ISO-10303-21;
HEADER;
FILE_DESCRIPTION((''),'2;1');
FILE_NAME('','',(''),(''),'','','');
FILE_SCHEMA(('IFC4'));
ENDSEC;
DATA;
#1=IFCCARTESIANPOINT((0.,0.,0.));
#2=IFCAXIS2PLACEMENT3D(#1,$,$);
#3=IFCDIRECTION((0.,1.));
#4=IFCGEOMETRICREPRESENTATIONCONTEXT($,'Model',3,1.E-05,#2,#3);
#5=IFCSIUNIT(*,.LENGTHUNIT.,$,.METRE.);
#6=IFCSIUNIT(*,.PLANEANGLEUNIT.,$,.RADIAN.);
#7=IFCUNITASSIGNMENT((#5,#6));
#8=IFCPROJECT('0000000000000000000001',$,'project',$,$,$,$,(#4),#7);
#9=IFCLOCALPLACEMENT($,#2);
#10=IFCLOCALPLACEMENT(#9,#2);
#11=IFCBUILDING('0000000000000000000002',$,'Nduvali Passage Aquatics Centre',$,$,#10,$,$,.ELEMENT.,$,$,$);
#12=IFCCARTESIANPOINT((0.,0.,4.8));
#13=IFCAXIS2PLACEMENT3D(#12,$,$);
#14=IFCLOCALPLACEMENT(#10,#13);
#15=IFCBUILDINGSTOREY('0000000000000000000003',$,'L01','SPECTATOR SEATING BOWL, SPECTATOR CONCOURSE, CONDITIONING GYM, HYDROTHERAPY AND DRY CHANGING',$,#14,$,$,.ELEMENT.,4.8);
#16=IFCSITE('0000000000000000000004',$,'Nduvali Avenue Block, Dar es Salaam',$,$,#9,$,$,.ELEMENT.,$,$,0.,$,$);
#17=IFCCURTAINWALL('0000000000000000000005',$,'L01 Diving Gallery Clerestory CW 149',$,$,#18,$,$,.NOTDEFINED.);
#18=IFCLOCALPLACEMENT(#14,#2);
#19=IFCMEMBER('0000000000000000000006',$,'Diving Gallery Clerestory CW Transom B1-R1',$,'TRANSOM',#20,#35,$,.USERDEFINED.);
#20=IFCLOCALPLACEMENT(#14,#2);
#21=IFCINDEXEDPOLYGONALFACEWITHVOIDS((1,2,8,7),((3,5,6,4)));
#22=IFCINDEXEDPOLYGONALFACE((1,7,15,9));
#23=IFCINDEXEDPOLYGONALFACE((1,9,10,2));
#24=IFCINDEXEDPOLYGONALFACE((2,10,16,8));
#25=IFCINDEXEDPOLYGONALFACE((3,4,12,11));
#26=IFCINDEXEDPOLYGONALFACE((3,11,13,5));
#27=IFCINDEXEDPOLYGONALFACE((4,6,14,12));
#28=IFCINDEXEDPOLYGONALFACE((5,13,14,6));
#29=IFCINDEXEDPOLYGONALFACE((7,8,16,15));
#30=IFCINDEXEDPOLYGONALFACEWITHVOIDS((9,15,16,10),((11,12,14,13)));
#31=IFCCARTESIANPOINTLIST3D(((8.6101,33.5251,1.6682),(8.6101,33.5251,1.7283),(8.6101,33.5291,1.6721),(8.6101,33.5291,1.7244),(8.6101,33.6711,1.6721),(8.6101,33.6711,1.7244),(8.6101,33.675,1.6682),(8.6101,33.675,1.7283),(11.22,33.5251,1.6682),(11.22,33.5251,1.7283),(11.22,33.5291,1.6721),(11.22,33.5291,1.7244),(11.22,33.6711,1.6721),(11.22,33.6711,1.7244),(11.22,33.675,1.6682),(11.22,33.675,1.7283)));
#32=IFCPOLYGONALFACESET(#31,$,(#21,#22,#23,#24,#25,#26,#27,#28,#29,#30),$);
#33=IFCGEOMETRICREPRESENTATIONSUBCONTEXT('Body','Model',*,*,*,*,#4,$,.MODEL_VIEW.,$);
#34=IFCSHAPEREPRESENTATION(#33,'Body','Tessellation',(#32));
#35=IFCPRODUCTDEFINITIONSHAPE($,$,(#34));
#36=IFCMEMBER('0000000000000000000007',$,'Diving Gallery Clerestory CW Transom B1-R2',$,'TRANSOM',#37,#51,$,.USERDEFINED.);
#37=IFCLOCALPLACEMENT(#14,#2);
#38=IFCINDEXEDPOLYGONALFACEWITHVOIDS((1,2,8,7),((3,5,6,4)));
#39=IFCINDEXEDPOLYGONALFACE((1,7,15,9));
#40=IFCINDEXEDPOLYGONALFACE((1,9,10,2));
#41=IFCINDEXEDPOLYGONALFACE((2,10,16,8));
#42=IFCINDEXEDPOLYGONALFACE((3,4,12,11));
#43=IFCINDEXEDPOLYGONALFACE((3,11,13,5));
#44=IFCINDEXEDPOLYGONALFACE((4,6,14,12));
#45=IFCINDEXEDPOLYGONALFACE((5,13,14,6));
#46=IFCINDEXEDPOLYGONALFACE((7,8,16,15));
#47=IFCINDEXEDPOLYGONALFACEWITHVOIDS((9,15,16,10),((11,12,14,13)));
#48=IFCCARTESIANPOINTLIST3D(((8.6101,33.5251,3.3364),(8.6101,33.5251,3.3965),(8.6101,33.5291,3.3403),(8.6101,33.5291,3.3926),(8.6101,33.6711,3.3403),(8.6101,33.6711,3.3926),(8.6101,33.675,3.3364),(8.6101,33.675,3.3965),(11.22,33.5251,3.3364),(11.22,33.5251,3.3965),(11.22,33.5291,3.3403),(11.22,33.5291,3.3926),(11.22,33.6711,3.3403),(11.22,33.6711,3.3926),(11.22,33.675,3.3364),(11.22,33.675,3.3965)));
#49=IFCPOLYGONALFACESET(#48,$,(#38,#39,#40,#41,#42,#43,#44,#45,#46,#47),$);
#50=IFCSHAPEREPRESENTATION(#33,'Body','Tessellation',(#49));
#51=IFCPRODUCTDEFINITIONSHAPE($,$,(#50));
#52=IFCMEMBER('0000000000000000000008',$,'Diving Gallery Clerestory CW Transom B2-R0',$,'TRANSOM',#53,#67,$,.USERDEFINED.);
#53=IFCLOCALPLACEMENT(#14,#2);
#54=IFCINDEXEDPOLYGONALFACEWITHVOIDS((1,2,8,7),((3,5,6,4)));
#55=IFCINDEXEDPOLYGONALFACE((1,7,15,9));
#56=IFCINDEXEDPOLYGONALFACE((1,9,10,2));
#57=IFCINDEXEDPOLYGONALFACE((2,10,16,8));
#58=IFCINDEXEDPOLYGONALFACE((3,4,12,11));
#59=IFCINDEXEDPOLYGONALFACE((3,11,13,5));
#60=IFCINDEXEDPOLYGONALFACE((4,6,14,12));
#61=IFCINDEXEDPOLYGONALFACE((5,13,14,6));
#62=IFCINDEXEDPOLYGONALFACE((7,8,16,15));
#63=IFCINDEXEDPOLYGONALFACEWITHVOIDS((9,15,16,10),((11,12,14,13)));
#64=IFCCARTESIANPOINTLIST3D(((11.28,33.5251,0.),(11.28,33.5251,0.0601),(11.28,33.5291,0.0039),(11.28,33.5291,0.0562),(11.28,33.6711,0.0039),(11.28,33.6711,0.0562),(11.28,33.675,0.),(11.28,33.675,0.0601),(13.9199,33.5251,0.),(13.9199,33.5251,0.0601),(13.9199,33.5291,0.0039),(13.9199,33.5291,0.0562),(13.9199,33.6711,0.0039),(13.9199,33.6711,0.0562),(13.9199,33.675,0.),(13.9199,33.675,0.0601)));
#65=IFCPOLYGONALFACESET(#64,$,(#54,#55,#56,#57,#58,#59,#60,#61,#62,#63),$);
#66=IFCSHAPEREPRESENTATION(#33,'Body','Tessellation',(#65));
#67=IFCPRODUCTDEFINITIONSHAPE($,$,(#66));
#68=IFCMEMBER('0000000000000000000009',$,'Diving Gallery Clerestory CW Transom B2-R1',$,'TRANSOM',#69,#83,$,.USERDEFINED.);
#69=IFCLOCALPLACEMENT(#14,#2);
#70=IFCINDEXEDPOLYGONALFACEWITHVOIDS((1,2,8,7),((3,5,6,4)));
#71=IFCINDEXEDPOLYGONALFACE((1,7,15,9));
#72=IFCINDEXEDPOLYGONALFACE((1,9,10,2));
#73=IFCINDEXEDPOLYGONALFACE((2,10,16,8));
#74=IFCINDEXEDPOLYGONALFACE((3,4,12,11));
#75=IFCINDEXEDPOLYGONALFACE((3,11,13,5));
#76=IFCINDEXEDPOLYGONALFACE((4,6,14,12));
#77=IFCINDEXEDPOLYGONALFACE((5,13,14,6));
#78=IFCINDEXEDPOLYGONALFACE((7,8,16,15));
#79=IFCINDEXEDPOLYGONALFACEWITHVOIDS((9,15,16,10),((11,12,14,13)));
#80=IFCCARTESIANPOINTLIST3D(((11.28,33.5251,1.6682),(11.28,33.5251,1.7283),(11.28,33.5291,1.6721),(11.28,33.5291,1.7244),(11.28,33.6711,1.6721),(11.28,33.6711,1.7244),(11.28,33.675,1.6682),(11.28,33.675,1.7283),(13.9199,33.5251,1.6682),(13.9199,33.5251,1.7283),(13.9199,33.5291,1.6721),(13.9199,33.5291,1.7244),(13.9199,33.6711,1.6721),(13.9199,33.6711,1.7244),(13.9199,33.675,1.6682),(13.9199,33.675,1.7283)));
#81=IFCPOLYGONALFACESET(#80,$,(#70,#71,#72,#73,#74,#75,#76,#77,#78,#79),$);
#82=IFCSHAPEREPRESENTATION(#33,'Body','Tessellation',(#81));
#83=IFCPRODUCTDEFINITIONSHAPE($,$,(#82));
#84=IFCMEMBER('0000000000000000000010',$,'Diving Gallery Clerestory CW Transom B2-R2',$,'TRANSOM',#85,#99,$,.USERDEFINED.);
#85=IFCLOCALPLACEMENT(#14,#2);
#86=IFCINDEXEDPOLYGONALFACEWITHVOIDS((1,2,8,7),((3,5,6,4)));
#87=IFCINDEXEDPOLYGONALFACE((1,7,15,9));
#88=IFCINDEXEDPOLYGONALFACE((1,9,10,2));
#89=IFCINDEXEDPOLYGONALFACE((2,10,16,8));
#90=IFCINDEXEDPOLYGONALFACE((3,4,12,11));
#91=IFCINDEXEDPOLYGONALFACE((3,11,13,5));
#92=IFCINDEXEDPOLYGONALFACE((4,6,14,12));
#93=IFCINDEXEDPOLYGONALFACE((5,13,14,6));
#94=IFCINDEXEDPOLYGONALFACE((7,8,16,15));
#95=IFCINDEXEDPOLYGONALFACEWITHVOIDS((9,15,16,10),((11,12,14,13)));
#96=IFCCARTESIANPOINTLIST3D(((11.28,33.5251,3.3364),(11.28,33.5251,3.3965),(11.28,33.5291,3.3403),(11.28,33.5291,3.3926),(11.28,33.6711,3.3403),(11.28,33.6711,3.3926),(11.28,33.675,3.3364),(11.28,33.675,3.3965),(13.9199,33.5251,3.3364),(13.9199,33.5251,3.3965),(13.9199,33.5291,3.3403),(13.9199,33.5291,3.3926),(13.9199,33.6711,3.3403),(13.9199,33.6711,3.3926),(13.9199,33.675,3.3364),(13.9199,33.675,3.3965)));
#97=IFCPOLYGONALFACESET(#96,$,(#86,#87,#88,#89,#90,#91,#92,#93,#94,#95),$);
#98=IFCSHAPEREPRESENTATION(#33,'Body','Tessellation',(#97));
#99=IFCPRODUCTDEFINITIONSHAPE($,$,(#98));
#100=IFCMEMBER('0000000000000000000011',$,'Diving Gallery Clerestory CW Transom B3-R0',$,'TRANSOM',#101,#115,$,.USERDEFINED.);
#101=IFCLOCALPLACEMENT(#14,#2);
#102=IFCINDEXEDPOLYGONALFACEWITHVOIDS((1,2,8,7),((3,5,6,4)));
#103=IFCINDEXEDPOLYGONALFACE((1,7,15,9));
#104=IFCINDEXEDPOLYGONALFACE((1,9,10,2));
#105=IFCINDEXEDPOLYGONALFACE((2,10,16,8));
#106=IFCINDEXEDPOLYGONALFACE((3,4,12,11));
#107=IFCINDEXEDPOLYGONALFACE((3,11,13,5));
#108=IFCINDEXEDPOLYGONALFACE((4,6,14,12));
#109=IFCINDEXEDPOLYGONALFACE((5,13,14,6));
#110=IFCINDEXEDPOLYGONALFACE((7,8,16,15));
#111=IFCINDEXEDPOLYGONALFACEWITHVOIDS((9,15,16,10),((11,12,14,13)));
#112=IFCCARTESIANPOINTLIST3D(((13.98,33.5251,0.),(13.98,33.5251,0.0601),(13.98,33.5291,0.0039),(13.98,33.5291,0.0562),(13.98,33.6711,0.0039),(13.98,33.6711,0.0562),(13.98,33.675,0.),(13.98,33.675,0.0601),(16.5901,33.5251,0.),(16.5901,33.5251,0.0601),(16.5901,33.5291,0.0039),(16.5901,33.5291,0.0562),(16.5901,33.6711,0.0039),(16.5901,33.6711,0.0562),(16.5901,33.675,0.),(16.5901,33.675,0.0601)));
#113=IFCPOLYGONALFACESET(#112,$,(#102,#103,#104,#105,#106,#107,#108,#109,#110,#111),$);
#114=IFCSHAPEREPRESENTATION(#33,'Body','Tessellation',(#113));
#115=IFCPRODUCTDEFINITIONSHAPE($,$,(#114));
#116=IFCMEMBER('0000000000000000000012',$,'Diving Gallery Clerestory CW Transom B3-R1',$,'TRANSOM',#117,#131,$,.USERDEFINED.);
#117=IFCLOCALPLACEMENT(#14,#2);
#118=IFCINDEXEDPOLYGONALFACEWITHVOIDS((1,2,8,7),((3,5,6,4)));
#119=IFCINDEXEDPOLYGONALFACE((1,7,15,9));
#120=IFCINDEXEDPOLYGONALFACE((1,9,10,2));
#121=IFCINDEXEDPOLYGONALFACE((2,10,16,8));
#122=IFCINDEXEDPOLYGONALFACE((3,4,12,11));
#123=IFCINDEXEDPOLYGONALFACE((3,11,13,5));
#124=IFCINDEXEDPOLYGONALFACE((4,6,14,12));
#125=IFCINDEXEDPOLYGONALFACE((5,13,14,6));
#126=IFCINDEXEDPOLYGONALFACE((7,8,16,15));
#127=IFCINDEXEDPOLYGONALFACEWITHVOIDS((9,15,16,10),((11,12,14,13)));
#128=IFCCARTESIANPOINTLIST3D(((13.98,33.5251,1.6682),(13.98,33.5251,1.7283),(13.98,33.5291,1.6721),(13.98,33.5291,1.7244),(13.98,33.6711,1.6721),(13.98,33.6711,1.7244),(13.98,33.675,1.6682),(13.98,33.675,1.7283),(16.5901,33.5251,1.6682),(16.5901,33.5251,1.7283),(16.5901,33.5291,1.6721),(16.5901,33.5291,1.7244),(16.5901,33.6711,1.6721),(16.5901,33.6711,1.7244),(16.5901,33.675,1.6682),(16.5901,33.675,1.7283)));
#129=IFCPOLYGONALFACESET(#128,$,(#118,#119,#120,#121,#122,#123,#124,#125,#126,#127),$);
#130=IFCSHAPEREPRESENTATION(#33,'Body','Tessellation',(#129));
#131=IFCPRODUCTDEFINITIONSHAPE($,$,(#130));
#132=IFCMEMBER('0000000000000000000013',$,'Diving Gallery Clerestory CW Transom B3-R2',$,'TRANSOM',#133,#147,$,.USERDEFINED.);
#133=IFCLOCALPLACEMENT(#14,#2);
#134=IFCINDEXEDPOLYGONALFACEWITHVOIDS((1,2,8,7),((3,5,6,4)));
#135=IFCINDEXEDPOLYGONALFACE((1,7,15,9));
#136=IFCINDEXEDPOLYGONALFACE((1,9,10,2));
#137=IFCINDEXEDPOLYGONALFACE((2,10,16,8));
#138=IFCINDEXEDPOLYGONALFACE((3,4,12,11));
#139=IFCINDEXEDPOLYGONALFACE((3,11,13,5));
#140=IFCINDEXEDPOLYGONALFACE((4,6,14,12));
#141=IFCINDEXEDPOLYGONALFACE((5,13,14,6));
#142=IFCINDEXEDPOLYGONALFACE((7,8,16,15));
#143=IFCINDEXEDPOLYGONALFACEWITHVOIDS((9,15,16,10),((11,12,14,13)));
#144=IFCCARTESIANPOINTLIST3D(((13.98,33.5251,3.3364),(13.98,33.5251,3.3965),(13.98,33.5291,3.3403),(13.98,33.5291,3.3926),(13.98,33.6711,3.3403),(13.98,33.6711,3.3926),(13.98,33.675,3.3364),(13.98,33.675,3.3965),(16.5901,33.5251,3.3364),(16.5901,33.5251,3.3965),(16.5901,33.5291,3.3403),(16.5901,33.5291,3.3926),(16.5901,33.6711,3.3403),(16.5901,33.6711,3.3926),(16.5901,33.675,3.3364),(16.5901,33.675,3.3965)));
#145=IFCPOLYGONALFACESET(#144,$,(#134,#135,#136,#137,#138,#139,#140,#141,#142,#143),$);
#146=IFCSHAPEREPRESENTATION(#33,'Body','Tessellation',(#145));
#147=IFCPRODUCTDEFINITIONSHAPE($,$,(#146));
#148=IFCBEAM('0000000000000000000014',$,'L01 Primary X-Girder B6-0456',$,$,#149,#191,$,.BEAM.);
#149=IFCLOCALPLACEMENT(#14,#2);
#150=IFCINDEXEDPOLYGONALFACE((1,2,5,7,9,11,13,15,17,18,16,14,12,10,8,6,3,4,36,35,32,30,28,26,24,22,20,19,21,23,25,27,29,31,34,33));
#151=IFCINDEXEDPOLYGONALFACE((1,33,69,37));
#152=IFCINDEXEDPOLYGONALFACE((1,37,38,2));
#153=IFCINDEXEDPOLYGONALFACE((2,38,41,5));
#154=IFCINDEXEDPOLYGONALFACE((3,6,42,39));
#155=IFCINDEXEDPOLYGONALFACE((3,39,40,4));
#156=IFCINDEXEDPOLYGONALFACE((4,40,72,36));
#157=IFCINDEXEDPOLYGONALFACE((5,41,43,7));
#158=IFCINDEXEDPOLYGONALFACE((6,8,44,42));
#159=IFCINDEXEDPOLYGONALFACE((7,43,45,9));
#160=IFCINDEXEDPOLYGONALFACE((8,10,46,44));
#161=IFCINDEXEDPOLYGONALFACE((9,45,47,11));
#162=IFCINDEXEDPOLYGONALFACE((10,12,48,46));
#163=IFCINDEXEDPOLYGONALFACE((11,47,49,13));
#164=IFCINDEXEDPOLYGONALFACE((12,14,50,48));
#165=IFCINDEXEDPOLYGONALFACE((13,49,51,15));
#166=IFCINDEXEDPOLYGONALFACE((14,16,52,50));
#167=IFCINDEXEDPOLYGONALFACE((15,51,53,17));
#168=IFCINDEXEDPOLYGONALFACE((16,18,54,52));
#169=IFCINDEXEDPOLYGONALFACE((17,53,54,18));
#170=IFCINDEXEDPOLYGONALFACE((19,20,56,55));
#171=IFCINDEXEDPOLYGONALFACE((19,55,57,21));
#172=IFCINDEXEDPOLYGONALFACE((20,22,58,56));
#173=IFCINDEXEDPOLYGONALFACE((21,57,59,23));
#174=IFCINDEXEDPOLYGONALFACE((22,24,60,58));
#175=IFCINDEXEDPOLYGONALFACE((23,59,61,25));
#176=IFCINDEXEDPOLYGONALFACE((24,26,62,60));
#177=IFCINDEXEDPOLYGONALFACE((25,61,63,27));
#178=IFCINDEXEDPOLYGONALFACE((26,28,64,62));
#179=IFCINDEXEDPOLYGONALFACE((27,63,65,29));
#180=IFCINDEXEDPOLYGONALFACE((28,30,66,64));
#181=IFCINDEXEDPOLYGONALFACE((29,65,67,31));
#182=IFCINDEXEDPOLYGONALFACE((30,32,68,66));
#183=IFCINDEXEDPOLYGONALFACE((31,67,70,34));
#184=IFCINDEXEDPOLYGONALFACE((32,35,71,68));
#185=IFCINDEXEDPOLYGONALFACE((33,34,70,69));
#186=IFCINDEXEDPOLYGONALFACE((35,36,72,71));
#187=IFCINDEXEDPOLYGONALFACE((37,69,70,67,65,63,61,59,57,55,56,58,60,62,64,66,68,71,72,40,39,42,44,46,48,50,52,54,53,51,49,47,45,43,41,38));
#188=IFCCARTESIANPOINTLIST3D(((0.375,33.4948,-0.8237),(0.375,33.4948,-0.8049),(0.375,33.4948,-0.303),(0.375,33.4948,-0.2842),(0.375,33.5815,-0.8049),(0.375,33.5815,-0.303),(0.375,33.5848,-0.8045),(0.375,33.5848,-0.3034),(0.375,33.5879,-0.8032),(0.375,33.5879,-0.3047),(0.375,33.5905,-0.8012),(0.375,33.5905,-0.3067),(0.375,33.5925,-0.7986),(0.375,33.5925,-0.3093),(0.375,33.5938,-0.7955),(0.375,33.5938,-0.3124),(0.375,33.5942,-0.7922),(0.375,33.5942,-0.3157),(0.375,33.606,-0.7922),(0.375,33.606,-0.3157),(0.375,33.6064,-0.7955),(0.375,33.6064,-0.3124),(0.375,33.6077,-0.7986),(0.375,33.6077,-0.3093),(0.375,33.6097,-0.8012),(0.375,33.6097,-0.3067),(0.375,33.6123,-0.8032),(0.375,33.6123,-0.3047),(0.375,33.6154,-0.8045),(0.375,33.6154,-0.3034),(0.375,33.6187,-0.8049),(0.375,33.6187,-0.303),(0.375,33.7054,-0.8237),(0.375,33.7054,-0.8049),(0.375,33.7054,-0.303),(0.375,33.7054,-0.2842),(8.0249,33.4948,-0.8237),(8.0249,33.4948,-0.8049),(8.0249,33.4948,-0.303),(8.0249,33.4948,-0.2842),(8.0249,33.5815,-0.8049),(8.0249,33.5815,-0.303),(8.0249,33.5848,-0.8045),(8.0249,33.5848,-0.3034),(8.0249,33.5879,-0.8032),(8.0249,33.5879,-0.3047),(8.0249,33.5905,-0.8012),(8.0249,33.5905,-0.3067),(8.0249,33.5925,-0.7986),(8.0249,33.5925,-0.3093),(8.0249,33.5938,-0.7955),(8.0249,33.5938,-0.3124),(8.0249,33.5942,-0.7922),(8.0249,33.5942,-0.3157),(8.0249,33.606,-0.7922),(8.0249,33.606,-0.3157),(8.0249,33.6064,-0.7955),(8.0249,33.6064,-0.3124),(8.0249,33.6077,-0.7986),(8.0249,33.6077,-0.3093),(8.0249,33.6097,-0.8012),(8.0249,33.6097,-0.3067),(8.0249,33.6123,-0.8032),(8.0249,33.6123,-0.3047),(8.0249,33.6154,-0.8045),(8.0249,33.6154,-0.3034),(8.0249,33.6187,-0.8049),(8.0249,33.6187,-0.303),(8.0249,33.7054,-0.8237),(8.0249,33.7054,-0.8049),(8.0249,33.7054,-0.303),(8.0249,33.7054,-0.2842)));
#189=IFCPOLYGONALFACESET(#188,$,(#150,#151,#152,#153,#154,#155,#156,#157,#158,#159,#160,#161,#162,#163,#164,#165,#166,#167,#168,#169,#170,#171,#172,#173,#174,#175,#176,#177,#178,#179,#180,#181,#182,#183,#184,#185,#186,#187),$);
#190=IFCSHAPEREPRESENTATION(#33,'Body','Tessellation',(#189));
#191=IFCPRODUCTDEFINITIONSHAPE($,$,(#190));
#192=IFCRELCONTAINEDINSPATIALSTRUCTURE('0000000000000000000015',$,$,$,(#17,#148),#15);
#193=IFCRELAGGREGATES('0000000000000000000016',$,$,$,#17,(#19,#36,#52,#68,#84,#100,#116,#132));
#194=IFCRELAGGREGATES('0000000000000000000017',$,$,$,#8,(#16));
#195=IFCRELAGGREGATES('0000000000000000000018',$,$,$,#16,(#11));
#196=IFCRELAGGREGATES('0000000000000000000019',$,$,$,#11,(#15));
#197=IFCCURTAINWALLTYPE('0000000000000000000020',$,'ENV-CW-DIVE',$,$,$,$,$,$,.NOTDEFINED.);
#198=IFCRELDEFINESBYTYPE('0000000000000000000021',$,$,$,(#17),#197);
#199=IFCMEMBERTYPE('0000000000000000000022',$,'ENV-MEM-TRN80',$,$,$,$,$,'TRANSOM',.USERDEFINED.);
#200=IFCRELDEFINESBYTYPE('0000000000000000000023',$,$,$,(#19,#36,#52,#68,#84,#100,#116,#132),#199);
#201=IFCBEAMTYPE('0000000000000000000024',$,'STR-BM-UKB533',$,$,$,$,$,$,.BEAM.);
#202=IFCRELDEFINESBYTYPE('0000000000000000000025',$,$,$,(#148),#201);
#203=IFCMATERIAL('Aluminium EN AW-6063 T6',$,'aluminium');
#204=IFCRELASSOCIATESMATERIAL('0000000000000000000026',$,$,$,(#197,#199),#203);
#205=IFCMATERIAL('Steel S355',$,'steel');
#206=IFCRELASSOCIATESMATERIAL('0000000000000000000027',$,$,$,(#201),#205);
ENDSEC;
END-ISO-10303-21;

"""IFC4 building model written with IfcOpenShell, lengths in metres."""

from ifc_helpers import new_model, si_unit, direction, frame, origin, origin_2d, place, context, subcontext, project, spatial, hollow_rectangle, i_section, extrude, material, material_profile, profile_set, type_object, element, aggregate, save


model = new_model("IFC4")

# Units and contexts
model_context = context("Model", 3, precision=1e-05, world=origin(), true_north=direction((0.0, 1.0)))
body_context = subcontext(model_context, "Body", "Model", "MODEL_VIEW")
ifc_project = project(units=[si_unit("LENGTHUNIT", "METRE"), si_unit("PLANEANGLEUNIT", "RADIAN")], contexts=[model_context])

# Site, building, storey
site_placement = place(None, origin())
site = spatial("IfcSite", under=ifc_project, at=site_placement, Name="Nduvali Avenue Block, Dar es Salaam", CompositionType="ELEMENT", RefElevation=0.0)
building_placement = place(site_placement, origin())
building = spatial("IfcBuilding", under=site, at=building_placement, Name="Nduvali Passage Aquatics Centre", CompositionType="ELEMENT")
storey_placement = place(building_placement, frame((0.0, 0.0, 4.8)))
storey = spatial("IfcBuildingStorey", under=building, at=storey_placement, Name="L01", Description="SPECTATOR SEATING BOWL, SPECTATOR CONCOURSE, CONDITIONING GYM, HYDROTHERAPY AND DRY CHANGING", CompositionType="ELEMENT", Elevation=4.8)

# Shared definitions
ifc_material_1 = material(Name="Steel S355", Category="steel")

# Curtain wall
ifc_material_2 = material(Name="Aluminium EN AW-6063 T6", Category="aluminium")
curtain_wall_type = type_object("IfcCurtainWallType", Name="ENV-CW-DIVE", PredefinedType="NOTDEFINED", material=ifc_material_2)
curtain_wall_1_placement = place(storey_placement, origin())
curtain_wall_1 = element("IfcCurtainWall", 1, at=curtain_wall_1_placement, inside=storey, type_object=curtain_wall_type, Name="L01 Diving Gallery Clerestory CW 149", PredefinedType="NOTDEFINED")

# Members
ifc_material_profile_1 = material_profile(ifc_material_2, hollow_rectangle(XDim=0.1499, YDim=0.0601, WallThickness=0.0039, at=origin_2d()), Name="ALU TRANSOM 150x60x4")
ifc_profile_set_1 = profile_set([ifc_material_profile_1], Name="Aluminium EN AW-6063 T6")
member_type_1 = type_object("IfcMemberType", Name="ENV-MEM-TRN80", ElementType="TRANSOM", PredefinedType="USERDEFINED", material=ifc_profile_set_1)
member_1_placement = place(storey_placement, frame((8.6101, 33.6001, 1.6982), z_axis=(1.0, 0.0, 0.0), x_axis=(0.0, 1.0, 0.0)))
member_1 = element("IfcMember", 2, at=member_1_placement, type_object=member_type_1, Name="Diving Gallery Clerestory CW Transom B1-R1", ObjectType="TRANSOM", PredefinedType="USERDEFINED", context=body_context, shape_type="SweptSolid", body=[
    extrude(hollow_rectangle(XDim=0.1499, YDim=0.0601, WallThickness=0.0039, at=origin_2d()), origin(), (0.0, 0.0, 1.0), 2.6099),
])
member_2_placement = place(storey_placement, frame((8.6101, 33.6001, 3.3665), z_axis=(1.0, 0.0, 0.0), x_axis=(0.0, 1.0, 0.0)))
member_2 = element("IfcMember", 3, at=member_2_placement, type_object=member_type_1, Name="Diving Gallery Clerestory CW Transom B1-R2", ObjectType="TRANSOM", PredefinedType="USERDEFINED", context=body_context, shape_type="SweptSolid", body=[
    extrude(hollow_rectangle(XDim=0.1499, YDim=0.0601, WallThickness=0.0039, at=origin_2d()), origin(), (0.0, 0.0, 1.0), 2.6099),
])
member_3_placement = place(storey_placement, frame((11.28, 33.6001, 0.03), z_axis=(1.0, 0.0, 0.0), x_axis=(0.0, 1.0, 0.0)))
member_3 = element("IfcMember", 4, at=member_3_placement, type_object=member_type_1, Name="Diving Gallery Clerestory CW Transom B2-R0", ObjectType="TRANSOM", PredefinedType="USERDEFINED", context=body_context, shape_type="SweptSolid", body=[
    extrude(hollow_rectangle(XDim=0.1499, YDim=0.0601, WallThickness=0.0039, at=origin_2d()), origin(), (0.0, 0.0, 1.0), 2.6399),
])
member_4_placement = place(storey_placement, frame((11.28, 33.6001, 1.6982), z_axis=(1.0, 0.0, 0.0), x_axis=(0.0, 1.0, 0.0)))
member_4 = element("IfcMember", 5, at=member_4_placement, type_object=member_type_1, Name="Diving Gallery Clerestory CW Transom B2-R1", ObjectType="TRANSOM", PredefinedType="USERDEFINED", context=body_context, shape_type="SweptSolid", body=[
    extrude(hollow_rectangle(XDim=0.1499, YDim=0.0601, WallThickness=0.0039, at=origin_2d()), origin(), (0.0, 0.0, 1.0), 2.6399),
])
member_5_placement = place(storey_placement, frame((11.28, 33.6001, 3.3665), z_axis=(1.0, 0.0, 0.0), x_axis=(0.0, 1.0, 0.0)))
member_5 = element("IfcMember", 6, at=member_5_placement, type_object=member_type_1, Name="Diving Gallery Clerestory CW Transom B2-R2", ObjectType="TRANSOM", PredefinedType="USERDEFINED", context=body_context, shape_type="SweptSolid", body=[
    extrude(hollow_rectangle(XDim=0.1499, YDim=0.0601, WallThickness=0.0039, at=origin_2d()), origin(), (0.0, 0.0, 1.0), 2.6399),
])
member_6_placement = place(storey_placement, frame((13.98, 33.6001, 0.03), z_axis=(1.0, 0.0, 0.0), x_axis=(0.0, 1.0, 0.0)))
member_6 = element("IfcMember", 7, at=member_6_placement, type_object=member_type_1, Name="Diving Gallery Clerestory CW Transom B3-R0", ObjectType="TRANSOM", PredefinedType="USERDEFINED", context=body_context, shape_type="SweptSolid", body=[
    extrude(hollow_rectangle(XDim=0.1499, YDim=0.0601, WallThickness=0.0039, at=origin_2d()), origin(), (0.0, 0.0, 1.0), 2.6101),
])
member_7_placement = place(storey_placement, frame((13.98, 33.6001, 1.6982), z_axis=(1.0, 0.0, 0.0), x_axis=(0.0, 1.0, 0.0)))
member_7 = element("IfcMember", 8, at=member_7_placement, type_object=member_type_1, Name="Diving Gallery Clerestory CW Transom B3-R1", ObjectType="TRANSOM", PredefinedType="USERDEFINED", context=body_context, shape_type="SweptSolid", body=[
    extrude(hollow_rectangle(XDim=0.1499, YDim=0.0601, WallThickness=0.0039, at=origin_2d()), origin(), (0.0, 0.0, 1.0), 2.6101),
])
member_8_placement = place(storey_placement, frame((13.98, 33.6001, 3.3665), z_axis=(1.0, 0.0, 0.0), x_axis=(0.0, 1.0, 0.0)))
member_8 = element("IfcMember", 9, at=member_8_placement, type_object=member_type_1, Name="Diving Gallery Clerestory CW Transom B3-R2", ObjectType="TRANSOM", PredefinedType="USERDEFINED", context=body_context, shape_type="SweptSolid", body=[
    extrude(hollow_rectangle(XDim=0.1499, YDim=0.0601, WallThickness=0.0039, at=origin_2d()), origin(), (0.0, 0.0, 1.0), 2.6101),
])

# Beam
ifc_material_profile_2 = material_profile(ifc_material_1, i_section(OverallWidth=0.2107, OverallDepth=0.5396, WebThickness=0.0117, FlangeThickness=0.0188, FilletRadius=0.0127, at=origin_2d()), Name="UKB 533x210x109")
ifc_profile_set_2 = profile_set([ifc_material_profile_2], Name="Steel S355")
beam_type = type_object("IfcBeamType", Name="STR-BM-UKB533", PredefinedType="BEAM", material=ifc_profile_set_2)
beam_1_placement = place(storey_placement, frame((0.375, 33.6001, -0.554), z_axis=(1.0, 0.0, 0.0), x_axis=(0.0, 1.0, 0.0)))
element("IfcBeam", 10, at=beam_1_placement, inside=storey, type_object=beam_type, Name="L01 Primary X-Girder B6-0456", PredefinedType="BEAM", context=body_context, shape_type="SweptSolid", body=[
    extrude(i_section(OverallWidth=0.2107, OverallDepth=0.5396, WebThickness=0.0117, FlangeThickness=0.0188, FilletRadius=0.0127, at=origin_2d()), origin(), (0.0, 0.0, 1.0), 7.6499),
])

aggregate(curtain_wall_1, [member_1, member_2, member_3, member_4, member_5, member_6, member_7, member_8])

save(model, "model.ifc")
